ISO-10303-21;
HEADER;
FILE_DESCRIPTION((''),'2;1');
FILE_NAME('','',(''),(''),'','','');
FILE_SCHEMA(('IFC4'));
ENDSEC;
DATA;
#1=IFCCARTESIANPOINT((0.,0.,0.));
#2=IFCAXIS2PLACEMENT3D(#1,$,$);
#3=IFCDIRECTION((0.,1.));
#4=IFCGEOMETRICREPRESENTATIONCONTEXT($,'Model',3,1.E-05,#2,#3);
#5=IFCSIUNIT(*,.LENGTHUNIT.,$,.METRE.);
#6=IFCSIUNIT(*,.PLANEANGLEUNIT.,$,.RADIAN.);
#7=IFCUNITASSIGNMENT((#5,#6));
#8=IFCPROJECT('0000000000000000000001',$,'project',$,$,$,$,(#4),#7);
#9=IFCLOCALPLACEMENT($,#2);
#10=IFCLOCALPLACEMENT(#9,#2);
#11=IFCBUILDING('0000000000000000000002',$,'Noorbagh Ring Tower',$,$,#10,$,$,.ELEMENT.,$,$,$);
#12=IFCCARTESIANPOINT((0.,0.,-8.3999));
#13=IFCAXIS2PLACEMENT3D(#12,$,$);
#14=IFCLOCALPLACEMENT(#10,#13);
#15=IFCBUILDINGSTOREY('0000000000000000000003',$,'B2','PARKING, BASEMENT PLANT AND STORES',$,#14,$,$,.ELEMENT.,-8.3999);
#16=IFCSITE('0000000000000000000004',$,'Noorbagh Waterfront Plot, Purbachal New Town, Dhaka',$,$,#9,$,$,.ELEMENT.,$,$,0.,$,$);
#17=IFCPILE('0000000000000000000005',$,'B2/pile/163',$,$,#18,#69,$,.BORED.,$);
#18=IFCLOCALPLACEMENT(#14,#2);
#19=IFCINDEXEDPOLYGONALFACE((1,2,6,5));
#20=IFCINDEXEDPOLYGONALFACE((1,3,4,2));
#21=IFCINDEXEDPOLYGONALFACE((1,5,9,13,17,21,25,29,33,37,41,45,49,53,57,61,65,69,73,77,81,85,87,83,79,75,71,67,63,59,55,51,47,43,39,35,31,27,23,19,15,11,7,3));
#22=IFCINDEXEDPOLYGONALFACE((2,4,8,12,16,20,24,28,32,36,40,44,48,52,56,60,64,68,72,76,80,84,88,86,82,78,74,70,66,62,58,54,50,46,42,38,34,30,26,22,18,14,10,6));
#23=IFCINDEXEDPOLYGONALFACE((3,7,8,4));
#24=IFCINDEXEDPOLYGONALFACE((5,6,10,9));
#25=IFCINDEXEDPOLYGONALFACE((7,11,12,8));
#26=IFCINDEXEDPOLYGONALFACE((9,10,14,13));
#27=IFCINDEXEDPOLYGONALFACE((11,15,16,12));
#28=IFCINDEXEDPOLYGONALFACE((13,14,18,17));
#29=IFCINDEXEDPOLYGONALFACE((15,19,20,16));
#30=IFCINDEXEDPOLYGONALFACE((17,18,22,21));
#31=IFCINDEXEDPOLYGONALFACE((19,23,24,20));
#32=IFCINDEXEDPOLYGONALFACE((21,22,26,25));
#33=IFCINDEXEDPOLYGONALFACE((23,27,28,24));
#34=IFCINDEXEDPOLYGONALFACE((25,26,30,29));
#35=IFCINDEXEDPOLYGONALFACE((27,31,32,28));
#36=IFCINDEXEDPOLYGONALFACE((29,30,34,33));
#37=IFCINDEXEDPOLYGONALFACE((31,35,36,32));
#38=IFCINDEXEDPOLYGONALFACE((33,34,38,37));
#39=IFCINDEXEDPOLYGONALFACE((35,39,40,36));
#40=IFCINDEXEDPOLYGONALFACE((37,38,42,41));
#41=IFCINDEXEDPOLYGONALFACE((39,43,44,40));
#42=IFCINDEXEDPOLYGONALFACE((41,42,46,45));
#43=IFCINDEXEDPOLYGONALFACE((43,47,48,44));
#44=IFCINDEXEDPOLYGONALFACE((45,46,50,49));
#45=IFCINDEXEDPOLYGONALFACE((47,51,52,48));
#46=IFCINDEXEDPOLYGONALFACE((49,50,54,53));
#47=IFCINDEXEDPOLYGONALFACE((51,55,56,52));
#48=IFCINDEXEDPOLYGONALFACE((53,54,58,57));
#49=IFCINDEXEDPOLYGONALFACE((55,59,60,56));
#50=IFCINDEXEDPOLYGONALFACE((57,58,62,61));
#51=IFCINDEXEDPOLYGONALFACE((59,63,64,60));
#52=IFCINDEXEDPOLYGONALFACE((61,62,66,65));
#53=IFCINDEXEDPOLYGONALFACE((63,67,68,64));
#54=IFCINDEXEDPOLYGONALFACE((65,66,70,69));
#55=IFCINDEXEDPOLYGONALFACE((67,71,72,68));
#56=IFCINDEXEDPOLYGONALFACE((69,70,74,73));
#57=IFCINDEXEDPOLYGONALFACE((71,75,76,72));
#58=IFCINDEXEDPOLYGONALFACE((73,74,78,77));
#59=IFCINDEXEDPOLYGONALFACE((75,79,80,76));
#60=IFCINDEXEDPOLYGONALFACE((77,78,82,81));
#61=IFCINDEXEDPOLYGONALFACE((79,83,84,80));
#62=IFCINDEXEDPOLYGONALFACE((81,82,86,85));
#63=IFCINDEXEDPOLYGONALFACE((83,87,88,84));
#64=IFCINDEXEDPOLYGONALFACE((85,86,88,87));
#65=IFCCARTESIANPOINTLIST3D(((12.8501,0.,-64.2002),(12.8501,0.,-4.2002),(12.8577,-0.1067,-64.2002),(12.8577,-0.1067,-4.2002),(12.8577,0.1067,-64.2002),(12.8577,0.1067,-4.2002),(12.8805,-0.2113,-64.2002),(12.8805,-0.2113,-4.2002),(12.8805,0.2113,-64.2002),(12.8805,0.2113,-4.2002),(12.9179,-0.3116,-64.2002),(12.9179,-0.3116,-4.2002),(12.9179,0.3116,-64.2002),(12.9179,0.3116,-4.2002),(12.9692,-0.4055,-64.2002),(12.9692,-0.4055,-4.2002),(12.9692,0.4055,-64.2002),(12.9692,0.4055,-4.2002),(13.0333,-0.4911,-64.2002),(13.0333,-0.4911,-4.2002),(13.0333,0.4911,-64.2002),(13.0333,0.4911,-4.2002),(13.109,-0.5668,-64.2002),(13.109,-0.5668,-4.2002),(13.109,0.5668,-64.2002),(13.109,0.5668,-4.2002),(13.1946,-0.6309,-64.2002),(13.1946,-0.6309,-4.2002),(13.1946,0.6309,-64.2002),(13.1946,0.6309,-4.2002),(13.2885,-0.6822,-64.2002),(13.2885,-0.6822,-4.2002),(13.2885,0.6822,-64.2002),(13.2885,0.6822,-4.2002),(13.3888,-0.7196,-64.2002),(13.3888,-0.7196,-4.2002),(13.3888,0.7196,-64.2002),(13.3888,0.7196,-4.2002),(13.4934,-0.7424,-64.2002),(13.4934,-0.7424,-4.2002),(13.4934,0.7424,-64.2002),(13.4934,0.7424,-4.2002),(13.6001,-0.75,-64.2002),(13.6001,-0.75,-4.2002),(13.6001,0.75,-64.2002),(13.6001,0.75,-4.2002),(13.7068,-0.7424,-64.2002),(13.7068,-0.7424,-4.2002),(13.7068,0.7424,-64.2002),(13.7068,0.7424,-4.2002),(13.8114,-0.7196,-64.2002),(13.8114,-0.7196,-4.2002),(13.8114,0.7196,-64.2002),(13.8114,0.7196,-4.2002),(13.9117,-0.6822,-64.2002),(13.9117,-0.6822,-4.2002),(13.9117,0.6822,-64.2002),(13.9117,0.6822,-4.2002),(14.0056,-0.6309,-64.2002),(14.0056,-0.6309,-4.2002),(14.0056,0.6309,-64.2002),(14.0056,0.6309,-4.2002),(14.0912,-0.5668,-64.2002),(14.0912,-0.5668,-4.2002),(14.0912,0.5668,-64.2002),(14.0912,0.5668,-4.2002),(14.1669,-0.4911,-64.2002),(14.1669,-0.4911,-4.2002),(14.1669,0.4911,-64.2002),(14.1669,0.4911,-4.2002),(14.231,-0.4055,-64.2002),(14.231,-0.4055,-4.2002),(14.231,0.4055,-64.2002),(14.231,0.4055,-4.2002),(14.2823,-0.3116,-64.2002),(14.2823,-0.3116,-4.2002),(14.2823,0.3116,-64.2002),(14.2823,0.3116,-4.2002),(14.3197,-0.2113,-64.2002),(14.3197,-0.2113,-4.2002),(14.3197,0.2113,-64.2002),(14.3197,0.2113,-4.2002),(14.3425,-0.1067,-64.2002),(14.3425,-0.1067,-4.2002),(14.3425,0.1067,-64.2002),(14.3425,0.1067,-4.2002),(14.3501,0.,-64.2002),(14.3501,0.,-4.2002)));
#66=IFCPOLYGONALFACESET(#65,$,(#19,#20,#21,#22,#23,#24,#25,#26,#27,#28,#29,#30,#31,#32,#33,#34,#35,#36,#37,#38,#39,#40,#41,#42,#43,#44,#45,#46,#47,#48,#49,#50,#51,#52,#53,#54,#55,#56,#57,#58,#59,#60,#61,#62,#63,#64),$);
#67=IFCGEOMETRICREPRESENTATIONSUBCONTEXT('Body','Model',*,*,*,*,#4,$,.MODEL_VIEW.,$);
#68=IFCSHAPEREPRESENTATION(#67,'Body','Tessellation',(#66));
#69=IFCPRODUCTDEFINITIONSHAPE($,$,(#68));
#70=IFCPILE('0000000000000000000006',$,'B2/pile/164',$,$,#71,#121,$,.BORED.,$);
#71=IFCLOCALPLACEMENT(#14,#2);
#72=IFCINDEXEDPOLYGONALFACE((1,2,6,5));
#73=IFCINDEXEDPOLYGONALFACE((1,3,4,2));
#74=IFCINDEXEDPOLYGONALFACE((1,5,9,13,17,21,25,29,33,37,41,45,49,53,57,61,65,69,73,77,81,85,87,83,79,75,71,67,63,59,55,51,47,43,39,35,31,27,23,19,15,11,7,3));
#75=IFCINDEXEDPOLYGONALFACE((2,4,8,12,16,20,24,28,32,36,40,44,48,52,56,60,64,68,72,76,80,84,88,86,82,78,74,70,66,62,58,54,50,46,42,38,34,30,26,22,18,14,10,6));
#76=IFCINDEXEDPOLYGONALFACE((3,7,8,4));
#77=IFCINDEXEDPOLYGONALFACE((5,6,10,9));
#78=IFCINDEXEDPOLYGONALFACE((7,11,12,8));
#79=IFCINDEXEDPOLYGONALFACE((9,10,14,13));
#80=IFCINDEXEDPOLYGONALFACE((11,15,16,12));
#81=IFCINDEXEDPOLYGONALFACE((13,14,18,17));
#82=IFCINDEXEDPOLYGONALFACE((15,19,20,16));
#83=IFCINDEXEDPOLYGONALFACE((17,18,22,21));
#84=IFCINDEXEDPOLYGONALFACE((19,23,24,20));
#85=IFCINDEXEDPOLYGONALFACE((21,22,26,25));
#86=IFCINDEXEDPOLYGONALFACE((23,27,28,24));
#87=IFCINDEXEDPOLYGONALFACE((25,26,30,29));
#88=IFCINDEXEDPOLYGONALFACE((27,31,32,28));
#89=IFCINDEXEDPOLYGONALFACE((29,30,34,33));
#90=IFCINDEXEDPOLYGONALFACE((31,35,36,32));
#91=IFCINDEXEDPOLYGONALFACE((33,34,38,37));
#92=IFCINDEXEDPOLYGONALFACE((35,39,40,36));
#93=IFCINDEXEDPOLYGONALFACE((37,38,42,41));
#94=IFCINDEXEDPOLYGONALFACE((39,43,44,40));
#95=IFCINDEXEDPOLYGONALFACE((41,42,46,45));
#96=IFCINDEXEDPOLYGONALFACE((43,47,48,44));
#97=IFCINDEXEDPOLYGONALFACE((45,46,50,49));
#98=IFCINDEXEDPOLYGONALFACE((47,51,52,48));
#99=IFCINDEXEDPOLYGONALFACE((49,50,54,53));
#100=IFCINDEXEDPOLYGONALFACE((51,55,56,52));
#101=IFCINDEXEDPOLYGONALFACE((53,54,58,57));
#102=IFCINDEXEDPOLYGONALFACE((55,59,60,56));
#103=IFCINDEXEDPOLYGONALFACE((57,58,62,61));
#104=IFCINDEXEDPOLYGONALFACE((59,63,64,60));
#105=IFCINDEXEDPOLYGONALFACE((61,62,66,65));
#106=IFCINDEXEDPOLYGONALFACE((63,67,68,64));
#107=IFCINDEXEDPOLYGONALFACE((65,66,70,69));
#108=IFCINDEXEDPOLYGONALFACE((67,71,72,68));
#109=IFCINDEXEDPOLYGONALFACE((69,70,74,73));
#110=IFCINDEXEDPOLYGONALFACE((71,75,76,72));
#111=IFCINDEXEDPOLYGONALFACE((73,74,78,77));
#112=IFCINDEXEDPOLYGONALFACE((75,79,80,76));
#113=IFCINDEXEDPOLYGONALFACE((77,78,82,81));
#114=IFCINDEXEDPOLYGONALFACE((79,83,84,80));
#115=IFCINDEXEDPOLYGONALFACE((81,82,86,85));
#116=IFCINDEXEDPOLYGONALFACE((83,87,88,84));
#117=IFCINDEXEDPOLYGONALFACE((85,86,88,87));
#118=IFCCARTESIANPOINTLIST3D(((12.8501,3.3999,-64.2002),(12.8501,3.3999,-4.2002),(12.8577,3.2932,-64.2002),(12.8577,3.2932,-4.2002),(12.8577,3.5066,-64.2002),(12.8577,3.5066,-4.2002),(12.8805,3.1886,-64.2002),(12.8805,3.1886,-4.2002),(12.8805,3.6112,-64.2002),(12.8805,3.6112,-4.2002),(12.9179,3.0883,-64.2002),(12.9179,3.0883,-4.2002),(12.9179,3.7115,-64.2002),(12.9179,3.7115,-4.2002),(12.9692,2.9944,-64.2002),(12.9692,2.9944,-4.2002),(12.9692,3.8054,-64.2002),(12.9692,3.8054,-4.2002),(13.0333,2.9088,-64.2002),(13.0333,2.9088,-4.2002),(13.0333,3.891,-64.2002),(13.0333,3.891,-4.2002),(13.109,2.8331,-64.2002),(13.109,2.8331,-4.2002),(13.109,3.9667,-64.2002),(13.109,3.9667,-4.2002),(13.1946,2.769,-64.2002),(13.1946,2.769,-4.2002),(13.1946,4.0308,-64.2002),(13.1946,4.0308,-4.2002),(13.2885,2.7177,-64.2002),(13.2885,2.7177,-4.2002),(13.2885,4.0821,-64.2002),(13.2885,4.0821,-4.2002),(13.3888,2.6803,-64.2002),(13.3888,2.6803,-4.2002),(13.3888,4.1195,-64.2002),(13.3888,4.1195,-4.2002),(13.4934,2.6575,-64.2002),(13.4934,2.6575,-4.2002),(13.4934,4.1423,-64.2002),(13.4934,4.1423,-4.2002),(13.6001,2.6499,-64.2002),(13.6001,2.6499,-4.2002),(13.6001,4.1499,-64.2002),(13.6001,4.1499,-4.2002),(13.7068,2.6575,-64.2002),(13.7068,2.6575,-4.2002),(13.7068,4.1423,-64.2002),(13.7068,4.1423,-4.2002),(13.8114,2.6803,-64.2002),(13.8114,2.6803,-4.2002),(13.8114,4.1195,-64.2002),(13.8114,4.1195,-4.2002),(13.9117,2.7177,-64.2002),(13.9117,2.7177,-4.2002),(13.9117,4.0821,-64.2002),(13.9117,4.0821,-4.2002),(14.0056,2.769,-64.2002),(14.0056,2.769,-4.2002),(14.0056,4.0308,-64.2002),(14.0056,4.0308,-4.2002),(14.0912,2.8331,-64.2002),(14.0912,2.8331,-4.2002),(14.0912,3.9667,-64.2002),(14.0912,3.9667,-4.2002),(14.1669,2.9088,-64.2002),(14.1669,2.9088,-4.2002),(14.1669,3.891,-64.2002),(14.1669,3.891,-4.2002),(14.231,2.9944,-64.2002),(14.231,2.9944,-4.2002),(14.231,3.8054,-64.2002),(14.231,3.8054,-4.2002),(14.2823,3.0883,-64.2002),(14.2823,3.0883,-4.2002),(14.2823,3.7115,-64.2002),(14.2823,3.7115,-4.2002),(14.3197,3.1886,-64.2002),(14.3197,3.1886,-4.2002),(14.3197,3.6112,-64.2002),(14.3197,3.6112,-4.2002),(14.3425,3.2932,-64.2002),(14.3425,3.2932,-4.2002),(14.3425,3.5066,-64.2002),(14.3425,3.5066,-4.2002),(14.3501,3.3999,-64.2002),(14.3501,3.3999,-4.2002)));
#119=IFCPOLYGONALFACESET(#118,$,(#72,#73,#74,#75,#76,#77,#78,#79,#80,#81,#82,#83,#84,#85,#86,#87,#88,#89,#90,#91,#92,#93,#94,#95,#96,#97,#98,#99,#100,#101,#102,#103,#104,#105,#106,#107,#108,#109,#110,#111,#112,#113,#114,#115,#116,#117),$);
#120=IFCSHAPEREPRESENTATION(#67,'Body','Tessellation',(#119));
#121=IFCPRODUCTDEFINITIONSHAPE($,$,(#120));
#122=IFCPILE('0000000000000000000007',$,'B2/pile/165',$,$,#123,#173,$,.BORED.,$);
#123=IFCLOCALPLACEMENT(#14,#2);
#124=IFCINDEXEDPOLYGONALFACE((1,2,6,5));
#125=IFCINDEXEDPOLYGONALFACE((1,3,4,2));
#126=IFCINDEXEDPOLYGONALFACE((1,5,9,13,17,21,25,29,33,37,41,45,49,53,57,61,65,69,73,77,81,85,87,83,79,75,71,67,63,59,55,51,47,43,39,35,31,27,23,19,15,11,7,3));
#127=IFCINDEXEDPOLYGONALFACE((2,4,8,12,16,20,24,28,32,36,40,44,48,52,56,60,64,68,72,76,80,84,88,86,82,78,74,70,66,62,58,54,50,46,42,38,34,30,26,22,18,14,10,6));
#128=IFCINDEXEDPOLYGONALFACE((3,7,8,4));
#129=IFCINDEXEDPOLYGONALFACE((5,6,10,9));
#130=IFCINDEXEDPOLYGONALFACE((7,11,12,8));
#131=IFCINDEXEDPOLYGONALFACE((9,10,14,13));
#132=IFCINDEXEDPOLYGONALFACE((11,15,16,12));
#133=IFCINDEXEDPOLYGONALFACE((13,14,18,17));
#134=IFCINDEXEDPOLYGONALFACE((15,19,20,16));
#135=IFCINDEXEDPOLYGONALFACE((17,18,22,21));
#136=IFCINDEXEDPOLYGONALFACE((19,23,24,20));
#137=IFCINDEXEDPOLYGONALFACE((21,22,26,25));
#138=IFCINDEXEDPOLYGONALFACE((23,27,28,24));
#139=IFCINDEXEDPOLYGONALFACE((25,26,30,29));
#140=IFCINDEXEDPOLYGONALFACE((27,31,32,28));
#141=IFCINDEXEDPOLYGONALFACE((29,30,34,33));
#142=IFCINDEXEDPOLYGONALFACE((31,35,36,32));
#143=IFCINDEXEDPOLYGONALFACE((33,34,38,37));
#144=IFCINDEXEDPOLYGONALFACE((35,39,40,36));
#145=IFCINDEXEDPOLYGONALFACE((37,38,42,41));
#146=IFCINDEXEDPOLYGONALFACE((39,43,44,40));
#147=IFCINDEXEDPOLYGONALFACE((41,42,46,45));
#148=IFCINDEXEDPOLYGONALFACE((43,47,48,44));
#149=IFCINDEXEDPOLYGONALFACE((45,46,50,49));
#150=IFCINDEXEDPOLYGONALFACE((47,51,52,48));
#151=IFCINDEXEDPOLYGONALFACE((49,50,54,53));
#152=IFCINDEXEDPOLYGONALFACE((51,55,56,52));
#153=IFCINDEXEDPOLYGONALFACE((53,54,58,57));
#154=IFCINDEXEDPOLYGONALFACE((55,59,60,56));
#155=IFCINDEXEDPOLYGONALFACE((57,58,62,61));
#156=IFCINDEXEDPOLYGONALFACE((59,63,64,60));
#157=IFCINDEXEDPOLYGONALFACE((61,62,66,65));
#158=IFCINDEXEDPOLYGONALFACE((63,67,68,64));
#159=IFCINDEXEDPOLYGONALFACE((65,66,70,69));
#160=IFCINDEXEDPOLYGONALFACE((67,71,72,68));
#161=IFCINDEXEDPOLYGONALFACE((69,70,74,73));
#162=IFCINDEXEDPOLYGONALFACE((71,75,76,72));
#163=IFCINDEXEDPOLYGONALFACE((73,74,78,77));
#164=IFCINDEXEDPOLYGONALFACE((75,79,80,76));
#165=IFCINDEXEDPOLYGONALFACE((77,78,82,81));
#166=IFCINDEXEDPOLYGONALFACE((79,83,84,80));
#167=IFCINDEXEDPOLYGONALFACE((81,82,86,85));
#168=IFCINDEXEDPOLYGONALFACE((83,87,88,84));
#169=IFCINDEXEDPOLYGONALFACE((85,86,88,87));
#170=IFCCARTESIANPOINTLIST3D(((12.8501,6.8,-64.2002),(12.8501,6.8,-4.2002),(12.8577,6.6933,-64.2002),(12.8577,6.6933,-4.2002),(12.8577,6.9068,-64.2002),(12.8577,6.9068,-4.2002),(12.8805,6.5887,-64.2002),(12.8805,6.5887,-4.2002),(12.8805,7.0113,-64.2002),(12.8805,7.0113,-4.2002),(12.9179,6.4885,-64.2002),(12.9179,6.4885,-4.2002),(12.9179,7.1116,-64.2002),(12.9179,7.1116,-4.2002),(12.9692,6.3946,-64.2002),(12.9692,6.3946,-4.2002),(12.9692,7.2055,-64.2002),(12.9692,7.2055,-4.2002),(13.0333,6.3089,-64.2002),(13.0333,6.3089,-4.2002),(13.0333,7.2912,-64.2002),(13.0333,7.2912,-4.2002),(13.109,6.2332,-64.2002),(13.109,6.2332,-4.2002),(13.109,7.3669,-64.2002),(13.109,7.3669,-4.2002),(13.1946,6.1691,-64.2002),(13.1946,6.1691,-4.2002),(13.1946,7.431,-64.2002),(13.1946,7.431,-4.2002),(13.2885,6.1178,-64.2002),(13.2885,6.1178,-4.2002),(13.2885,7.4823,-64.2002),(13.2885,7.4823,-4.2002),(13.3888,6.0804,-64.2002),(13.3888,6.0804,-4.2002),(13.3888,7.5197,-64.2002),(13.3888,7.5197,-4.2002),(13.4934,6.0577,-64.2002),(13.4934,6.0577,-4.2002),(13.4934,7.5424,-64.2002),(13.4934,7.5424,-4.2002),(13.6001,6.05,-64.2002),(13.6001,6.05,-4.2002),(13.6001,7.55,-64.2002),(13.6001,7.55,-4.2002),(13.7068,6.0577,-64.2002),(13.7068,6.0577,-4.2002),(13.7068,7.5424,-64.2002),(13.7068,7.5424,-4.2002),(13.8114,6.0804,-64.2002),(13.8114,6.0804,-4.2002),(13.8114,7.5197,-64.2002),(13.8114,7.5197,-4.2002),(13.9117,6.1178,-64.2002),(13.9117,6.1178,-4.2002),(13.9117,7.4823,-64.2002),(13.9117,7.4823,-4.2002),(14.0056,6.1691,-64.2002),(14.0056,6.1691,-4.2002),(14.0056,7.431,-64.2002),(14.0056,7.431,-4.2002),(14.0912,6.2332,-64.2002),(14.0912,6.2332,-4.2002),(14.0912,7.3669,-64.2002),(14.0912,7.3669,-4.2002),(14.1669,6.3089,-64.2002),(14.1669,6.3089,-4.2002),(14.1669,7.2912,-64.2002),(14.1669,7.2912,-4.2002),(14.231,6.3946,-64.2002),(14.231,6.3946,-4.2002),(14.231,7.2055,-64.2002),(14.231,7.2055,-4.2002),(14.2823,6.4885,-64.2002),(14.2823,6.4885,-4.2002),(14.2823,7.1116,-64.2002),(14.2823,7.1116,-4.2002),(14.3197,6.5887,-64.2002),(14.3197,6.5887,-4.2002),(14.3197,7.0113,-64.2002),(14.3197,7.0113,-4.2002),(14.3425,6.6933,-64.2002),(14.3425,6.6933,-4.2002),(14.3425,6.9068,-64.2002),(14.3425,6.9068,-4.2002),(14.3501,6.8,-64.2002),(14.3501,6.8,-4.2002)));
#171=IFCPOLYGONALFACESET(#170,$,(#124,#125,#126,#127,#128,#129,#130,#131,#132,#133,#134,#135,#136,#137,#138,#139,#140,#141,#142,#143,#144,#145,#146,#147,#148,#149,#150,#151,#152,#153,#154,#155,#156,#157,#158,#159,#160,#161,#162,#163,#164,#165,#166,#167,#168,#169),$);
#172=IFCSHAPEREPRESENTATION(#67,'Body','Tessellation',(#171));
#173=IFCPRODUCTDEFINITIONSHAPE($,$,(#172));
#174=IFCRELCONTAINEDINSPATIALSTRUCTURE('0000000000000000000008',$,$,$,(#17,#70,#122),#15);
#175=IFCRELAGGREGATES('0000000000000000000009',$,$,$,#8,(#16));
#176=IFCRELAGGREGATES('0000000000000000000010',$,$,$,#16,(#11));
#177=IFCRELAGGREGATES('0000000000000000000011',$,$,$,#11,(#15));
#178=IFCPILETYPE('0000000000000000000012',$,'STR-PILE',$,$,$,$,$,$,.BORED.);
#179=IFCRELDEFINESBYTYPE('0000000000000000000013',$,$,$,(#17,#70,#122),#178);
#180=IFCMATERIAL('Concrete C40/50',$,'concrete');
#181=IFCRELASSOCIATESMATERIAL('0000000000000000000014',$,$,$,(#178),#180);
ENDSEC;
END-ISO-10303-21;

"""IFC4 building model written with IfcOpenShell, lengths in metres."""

from ifc_helpers import new_model, si_unit, direction, frame, origin, origin_2d, place, context, subcontext, project, spatial, circle, extrude, material, material_profile, profile_set, type_object, element, save


model = new_model("IFC4")

# Units and contexts
model_context = context("Model", 3, precision=1e-05, world=origin(), true_north=direction((0.0, 1.0)))
body_context = subcontext(model_context, "Body", "Model", "MODEL_VIEW")
ifc_project = project(units=[si_unit("LENGTHUNIT", "METRE"), si_unit("PLANEANGLEUNIT", "RADIAN")], contexts=[model_context])

# Site, building, storey
site_placement = place(None, origin())
site = spatial("IfcSite", under=ifc_project, at=site_placement, Name="Noorbagh Waterfront Plot, Purbachal New Town, Dhaka", CompositionType="ELEMENT", RefElevation=0.0)
building_placement = place(site_placement, origin())
building = spatial("IfcBuilding", under=site, at=building_placement, Name="Noorbagh Ring Tower", CompositionType="ELEMENT")
storey_placement = place(building_placement, frame((0.0, 0.0, -8.3999)))
storey = spatial("IfcBuildingStorey", under=building, at=storey_placement, Name="B2", Description="PARKING, BASEMENT PLANT AND STORES", CompositionType="ELEMENT", Elevation=-8.3999)

# Piles
ifc_material_1 = material(Name="Concrete C40/50", Category="concrete")
ifc_material_profile_1 = material_profile(ifc_material_1, circle(Radius=0.75, at=origin_2d()), Name="PILE1500")
ifc_profile_set_1 = profile_set([ifc_material_profile_1], Name="Concrete C40/50")
pile_type = type_object("IfcPileType", Name="STR-PILE", PredefinedType="BORED", material=ifc_profile_set_1)
for number, where, z_axis, x_axis, name in (
    (1, (13.6001, 0.0, -4.2002), (0.0, 0.0, -1.0), (1.0, 0.0, 0.0), "B2/pile/163"),
    (2, (13.6001, 3.3999, -4.2002), (0.0, 0.0, -1.0), (1.0, 0.0, 0.0), "B2/pile/164"),
    (3, (13.6001, 6.8, -4.2002), (0.0, 0.0, -1.0), (1.0, 0.0, 0.0), "B2/pile/165"),
):
    element("IfcPile", number, at=place(storey_placement, frame(where, z_axis=z_axis, x_axis=x_axis)), inside=storey, type_object=pile_type, Name=name, PredefinedType="BORED", context=body_context, shape_type="SweptSolid", body=[
        extrude(circle(Radius=0.75, at=origin_2d()), origin(), (0.0, 0.0, 1.0), 60.0),
    ])

save(model, "model.ifc")
